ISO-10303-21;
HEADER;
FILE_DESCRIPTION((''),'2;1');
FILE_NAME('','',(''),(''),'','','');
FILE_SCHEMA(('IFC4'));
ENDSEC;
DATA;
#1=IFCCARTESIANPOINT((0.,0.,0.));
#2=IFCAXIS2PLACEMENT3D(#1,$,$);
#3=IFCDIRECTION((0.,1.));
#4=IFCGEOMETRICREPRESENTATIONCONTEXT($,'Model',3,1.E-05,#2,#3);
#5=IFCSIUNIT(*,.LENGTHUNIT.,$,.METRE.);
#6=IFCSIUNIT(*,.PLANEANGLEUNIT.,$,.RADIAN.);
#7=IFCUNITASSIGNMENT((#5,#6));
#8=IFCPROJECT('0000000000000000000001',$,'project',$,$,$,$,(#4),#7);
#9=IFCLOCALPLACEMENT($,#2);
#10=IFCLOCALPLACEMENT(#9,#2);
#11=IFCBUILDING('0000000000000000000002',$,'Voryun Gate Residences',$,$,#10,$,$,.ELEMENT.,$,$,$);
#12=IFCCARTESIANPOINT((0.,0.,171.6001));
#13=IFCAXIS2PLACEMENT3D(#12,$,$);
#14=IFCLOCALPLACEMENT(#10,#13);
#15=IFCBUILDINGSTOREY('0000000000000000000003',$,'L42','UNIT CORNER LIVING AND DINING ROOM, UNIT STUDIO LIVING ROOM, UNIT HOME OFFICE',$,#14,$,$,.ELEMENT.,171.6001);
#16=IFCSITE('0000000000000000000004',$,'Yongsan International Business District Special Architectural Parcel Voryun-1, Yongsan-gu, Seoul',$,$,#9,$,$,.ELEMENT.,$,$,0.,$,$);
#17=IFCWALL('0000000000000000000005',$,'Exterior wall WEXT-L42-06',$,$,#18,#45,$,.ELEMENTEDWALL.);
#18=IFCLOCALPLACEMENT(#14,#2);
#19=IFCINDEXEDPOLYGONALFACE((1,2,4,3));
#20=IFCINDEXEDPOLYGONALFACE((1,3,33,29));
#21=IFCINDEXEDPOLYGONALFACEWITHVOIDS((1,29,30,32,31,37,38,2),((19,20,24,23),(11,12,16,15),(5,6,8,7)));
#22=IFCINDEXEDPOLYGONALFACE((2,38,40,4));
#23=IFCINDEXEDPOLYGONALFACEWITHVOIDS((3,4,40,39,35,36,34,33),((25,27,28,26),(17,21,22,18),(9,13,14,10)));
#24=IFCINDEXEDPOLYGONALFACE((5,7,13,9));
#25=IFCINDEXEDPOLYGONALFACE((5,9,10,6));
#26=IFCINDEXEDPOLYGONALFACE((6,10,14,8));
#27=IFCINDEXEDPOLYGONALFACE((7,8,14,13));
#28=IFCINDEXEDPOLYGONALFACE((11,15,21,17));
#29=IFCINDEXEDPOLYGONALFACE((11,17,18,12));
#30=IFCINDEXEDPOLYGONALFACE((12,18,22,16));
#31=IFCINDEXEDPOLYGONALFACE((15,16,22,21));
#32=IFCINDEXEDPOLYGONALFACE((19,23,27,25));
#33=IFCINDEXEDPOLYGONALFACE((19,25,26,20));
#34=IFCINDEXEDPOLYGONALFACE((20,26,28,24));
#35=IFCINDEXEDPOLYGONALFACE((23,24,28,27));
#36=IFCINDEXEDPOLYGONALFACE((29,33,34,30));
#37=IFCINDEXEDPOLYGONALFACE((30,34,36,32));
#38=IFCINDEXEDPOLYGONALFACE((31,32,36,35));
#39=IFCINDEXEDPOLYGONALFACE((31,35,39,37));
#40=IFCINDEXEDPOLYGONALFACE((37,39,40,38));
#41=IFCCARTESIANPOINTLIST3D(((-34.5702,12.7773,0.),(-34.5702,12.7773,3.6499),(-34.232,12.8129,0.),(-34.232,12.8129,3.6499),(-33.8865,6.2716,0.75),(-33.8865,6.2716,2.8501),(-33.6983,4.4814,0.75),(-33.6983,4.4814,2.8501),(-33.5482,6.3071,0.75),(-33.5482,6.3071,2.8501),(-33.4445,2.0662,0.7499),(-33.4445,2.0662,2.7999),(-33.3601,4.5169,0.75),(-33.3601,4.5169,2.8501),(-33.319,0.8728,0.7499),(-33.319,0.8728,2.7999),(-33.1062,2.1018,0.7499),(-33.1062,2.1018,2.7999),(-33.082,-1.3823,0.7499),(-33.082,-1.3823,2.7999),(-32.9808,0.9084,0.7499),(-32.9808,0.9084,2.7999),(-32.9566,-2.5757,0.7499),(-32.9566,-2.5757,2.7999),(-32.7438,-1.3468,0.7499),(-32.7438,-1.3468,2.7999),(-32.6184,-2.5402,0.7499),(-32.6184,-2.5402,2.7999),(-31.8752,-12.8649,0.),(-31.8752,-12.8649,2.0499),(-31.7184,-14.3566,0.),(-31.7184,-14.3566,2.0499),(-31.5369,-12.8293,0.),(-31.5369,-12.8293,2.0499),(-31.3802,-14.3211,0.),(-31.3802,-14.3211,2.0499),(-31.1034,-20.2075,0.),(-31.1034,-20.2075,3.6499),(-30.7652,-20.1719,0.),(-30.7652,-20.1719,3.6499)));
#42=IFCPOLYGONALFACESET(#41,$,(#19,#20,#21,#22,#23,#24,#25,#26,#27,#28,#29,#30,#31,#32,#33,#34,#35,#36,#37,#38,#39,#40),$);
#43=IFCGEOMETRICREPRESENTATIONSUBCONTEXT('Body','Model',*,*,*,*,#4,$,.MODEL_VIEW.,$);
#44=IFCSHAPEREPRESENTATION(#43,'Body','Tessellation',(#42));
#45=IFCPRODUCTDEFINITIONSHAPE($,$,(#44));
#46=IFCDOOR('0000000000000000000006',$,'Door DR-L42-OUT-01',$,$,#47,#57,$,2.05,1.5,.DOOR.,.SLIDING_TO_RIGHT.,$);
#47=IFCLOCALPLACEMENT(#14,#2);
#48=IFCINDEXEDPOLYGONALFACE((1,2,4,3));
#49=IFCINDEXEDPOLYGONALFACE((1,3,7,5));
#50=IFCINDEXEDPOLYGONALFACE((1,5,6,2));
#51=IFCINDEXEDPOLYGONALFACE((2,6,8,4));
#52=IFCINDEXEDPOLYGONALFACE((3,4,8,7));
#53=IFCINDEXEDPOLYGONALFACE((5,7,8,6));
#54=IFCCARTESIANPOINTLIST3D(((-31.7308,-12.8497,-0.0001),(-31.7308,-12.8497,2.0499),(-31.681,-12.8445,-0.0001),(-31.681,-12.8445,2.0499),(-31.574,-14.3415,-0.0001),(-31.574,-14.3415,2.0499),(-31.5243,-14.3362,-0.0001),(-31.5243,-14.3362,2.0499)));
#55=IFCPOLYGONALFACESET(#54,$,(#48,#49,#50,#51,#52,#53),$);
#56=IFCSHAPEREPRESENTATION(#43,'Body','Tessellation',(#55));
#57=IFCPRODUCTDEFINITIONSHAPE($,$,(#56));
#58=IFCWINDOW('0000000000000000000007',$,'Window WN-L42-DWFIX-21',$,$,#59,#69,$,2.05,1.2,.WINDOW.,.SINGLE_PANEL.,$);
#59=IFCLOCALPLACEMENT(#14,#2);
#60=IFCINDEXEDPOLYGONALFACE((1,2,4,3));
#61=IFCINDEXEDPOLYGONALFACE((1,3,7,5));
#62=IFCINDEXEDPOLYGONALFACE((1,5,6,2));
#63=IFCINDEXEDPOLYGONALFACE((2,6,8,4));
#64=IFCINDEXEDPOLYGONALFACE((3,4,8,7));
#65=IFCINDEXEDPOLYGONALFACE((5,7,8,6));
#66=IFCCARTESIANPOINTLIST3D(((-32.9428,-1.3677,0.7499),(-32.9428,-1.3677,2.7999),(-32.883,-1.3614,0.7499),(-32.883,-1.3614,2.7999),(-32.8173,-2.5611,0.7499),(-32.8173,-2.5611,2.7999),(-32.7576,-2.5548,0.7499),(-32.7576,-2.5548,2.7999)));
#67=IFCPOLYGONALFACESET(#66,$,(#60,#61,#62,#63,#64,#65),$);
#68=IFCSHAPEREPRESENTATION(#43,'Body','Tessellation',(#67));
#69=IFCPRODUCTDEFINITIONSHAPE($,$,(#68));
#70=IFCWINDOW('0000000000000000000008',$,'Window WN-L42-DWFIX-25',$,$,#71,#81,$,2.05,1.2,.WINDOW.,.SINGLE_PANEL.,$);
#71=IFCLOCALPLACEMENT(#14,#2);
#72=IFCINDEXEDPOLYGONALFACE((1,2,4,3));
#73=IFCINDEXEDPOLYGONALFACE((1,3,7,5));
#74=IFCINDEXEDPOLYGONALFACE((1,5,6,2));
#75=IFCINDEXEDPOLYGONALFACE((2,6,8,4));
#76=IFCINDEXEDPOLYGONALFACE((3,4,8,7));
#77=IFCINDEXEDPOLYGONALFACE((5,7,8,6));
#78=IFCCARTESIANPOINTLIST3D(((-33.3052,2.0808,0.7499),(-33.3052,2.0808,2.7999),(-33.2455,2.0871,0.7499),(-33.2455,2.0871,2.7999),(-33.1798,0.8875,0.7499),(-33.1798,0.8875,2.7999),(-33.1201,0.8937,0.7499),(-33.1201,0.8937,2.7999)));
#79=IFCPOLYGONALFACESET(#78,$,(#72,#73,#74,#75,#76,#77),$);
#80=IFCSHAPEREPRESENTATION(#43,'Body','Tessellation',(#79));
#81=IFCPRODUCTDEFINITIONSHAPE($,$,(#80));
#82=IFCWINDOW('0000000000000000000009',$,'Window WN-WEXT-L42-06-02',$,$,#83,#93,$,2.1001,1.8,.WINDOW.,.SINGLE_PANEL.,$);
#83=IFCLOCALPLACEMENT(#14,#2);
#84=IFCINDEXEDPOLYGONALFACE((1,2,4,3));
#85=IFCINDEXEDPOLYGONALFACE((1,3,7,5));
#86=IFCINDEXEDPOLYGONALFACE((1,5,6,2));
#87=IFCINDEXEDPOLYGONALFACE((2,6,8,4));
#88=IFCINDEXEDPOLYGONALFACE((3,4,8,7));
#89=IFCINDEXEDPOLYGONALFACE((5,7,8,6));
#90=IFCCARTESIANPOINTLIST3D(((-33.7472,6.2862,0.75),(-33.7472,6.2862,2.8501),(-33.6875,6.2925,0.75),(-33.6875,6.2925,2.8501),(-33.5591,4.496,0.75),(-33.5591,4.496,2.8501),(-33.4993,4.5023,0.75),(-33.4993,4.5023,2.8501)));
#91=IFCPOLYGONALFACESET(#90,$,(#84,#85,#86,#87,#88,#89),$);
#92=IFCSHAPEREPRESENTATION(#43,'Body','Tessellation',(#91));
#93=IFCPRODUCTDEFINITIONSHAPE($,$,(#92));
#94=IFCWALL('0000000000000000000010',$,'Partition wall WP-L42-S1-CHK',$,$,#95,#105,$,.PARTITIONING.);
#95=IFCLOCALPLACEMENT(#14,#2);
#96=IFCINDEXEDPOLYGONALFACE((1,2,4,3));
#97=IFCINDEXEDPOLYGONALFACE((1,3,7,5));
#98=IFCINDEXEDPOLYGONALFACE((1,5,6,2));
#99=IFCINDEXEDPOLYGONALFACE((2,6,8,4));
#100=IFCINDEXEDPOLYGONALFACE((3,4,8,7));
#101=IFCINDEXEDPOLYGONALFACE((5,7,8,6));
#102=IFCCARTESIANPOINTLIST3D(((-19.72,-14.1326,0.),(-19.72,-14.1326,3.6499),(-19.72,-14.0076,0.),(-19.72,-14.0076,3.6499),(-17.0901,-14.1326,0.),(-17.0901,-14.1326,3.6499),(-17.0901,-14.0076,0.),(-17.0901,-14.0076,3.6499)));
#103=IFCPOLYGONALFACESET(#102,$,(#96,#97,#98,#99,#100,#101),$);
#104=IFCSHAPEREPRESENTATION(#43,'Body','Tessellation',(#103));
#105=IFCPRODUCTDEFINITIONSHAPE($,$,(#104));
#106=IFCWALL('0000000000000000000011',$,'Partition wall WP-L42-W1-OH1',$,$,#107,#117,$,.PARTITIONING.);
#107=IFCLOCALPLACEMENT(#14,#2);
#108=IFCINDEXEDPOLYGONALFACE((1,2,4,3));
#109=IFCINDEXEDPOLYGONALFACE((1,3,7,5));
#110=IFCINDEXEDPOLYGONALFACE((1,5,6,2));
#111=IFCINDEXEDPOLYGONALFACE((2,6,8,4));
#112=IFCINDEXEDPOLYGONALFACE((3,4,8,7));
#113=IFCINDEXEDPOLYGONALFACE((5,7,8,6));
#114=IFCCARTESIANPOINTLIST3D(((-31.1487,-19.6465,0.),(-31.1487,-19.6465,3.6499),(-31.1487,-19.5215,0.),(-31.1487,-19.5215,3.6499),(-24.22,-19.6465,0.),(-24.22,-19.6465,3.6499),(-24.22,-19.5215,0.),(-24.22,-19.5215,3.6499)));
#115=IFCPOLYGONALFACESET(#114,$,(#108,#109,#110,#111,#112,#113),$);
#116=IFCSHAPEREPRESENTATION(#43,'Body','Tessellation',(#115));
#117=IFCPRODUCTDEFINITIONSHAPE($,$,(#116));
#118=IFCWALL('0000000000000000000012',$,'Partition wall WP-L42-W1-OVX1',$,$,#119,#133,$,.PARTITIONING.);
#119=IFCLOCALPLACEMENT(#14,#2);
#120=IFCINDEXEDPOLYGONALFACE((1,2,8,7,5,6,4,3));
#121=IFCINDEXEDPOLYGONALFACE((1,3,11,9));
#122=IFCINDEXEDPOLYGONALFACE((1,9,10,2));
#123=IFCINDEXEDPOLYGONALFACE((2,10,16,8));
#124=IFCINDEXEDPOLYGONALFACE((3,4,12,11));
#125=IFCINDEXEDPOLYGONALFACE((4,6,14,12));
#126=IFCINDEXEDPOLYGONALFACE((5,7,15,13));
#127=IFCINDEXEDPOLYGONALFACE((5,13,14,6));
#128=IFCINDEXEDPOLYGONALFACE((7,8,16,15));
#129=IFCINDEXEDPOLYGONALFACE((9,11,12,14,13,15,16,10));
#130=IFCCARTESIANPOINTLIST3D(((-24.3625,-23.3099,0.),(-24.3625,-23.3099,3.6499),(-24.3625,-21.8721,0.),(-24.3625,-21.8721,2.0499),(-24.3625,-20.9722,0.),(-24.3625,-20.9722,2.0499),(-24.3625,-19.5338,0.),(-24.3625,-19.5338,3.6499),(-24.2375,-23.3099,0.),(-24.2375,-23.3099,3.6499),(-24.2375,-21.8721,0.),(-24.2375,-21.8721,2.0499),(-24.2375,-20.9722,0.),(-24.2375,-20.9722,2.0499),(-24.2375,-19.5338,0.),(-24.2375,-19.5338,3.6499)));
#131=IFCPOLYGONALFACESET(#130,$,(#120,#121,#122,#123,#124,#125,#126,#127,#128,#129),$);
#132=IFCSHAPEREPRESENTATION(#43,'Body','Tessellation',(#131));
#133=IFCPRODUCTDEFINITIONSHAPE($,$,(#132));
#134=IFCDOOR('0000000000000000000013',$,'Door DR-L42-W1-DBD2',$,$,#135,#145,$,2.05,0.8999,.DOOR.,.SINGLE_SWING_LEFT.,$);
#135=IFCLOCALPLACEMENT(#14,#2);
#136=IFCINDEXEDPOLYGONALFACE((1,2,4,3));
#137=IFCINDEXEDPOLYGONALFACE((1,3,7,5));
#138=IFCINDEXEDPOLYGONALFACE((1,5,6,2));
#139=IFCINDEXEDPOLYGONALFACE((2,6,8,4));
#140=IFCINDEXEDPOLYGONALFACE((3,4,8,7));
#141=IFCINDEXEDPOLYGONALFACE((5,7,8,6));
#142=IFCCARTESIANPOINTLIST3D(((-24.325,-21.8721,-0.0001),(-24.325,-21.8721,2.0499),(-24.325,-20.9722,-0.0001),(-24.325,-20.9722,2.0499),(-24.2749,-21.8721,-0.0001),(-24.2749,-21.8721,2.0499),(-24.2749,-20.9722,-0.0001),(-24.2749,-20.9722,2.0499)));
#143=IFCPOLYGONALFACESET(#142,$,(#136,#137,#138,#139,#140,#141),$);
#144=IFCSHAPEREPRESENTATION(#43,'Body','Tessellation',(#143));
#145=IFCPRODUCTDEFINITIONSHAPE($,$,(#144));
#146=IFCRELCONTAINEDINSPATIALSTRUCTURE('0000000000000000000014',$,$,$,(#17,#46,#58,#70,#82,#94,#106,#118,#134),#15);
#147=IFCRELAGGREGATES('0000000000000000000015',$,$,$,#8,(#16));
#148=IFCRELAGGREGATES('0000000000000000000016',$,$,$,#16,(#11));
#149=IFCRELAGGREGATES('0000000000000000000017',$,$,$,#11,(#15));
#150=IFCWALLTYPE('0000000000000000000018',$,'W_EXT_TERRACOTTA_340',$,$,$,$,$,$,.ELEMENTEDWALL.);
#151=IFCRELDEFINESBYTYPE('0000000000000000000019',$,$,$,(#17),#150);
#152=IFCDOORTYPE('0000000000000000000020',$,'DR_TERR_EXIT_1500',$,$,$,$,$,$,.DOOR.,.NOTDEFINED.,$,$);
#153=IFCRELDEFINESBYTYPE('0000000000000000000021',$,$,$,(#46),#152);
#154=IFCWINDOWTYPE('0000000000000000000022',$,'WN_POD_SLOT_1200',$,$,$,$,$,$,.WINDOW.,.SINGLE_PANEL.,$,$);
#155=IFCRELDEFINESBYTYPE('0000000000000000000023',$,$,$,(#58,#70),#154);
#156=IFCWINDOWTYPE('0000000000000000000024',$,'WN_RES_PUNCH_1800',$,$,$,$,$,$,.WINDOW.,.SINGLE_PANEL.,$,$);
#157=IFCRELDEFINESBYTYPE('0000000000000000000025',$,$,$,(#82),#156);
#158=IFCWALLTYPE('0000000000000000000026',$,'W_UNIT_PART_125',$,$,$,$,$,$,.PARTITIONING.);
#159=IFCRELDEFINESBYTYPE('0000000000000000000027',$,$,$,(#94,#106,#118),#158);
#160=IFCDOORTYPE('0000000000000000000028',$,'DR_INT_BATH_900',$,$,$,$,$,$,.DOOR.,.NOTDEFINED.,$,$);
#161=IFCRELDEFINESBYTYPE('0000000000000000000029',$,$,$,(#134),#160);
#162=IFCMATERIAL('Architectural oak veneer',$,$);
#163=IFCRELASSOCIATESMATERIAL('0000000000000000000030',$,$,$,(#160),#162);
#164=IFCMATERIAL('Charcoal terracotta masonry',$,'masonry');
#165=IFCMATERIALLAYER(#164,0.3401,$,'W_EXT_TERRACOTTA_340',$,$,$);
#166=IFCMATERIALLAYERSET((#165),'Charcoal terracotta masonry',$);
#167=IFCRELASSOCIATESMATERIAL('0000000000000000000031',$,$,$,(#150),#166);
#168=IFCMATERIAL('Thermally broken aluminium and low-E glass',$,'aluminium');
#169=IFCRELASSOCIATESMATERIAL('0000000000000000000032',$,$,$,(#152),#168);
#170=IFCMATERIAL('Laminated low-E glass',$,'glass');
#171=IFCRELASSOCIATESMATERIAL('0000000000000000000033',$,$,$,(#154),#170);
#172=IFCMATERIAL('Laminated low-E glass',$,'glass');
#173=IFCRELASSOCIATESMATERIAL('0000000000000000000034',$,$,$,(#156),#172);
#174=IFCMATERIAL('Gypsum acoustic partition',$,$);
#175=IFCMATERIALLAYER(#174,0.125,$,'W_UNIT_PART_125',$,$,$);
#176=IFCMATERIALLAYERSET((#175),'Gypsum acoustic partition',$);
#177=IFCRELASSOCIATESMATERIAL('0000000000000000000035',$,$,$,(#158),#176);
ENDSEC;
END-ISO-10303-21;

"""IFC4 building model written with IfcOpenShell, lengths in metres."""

from ifc_helpers import new_model, si_unit, direction, frame, frame_2d, origin, place, context, subcontext, project, spatial, rectangle, extrude, material, layer, layer_set, type_object, element, fill, save


model = new_model("IFC4")

# Units and contexts
model_context = context("Model", 3, precision=1e-05, world=origin(), true_north=direction((0.0, 1.0)))
body_context = subcontext(model_context, "Body", "Model", "MODEL_VIEW")
ifc_project = project(units=[si_unit("LENGTHUNIT", "METRE"), si_unit("PLANEANGLEUNIT", "RADIAN")], contexts=[model_context])

# Site, building, storey
site_placement = place(None, origin())
site = spatial("IfcSite", under=ifc_project, at=site_placement, Name="Yongsan International Business District Special Architectural Parcel Voryun-1, Yongsan-gu, Seoul", CompositionType="ELEMENT", RefElevation=0.0)
building_placement = place(site_placement, origin())
building = spatial("IfcBuilding", under=site, at=building_placement, Name="Voryun Gate Residences", CompositionType="ELEMENT")
storey_placement = place(building_placement, frame((0.0, 0.0, 171.6001)))
storey = spatial("IfcBuildingStorey", under=building, at=storey_placement, Name="L42", Description="UNIT CORNER LIVING AND DINING ROOM, UNIT STUDIO LIVING ROOM, UNIT HOME OFFICE", CompositionType="ELEMENT", Elevation=171.6001)

# Shared definitions
ifc_material_1 = material(Name="Architectural oak veneer")
door_type_1 = type_object("IfcDoorType", Name="DR_INT_BATH_900", OperationType="NOTDEFINED", PredefinedType="DOOR", material=ifc_material_1)

# Shared definitions
ifc_material_2 = material(Name="Charcoal terracotta masonry", Category="masonry")
ifc_layer_1 = layer(ifc_material_2, 0.3401, Name="W_EXT_TERRACOTTA_340")
ifc_layer_set_1 = layer_set([ifc_layer_1], Name="Charcoal terracotta masonry")
wall_type_1 = type_object("IfcWallType", Name="W_EXT_TERRACOTTA_340", PredefinedType="ELEMENTEDWALL", material=ifc_layer_set_1)

# Wall, openings, door, windows
wall_1_placement = place(storey_placement, frame((-30.9343, -20.1897, 0.0), z_axis=(0.0, 0.0, 1.0), x_axis=(-0.104527, 0.994522, 0.0)))
wall_1 = element("IfcWall", 1, at=wall_1_placement, inside=storey, type_object=wall_type_1, Name="Exterior wall WEXT-L42-06", PredefinedType="ELEMENTEDWALL", context=body_context, shape_type="SweptSolid", body=[
    extrude(rectangle(XDim=33.1665, YDim=0.3401, at=frame_2d((16.5833, 0.0))), origin(), (0.0, 0.0, 1.0), 3.6499),
])
opening_1_placement = place(wall_1_placement, frame((5.8831, 0.0, 0.0)))
opening_1 = element("IfcOpeningElement", 2, at=opening_1_placement, cuts=wall_1, PredefinedType="OPENING", context=body_context, shape_type="SweptSolid", body=[
    extrude(rectangle(XDim=1.5, YDim=2.05, at=frame_2d((0.75, 1.0249))), frame((0.0, 0.1799, 0.0), z_axis=(0.0, -1.0, 0.0), x_axis=(1.0, 0.0, 0.0)), (0.0, 0.0, 1.0), 0.3601),
])
opening_2_placement = place(wall_1_placement, frame((24.825, 0.0, 0.75)))
opening_2 = element("IfcOpeningElement", 3, at=opening_2_placement, cuts=wall_1, PredefinedType="OPENING", context=body_context, shape_type="SweptSolid", body=[
    extrude(rectangle(XDim=1.8, YDim=2.1001, at=frame_2d((0.8999, 1.05))), frame((0.0, 0.1799, 0.0), z_axis=(0.0, -1.0, 0.0), x_axis=(1.0, 0.0, 0.0)), (0.0, 0.0, 1.0), 0.3601),
])
opening_3_placement = place(wall_1_placement, frame((17.7288, 0.0, 0.75)))
opening_3 = element("IfcOpeningElement", 4, at=opening_3_placement, cuts=wall_1, PredefinedType="OPENING", context=body_context, shape_type="SweptSolid", body=[
    extrude(rectangle(XDim=1.2, YDim=2.05, at=frame_2d((0.6001, 1.0249))), frame((0.0, 0.1799, 0.0), z_axis=(0.0, -1.0, 0.0), x_axis=(1.0, 0.0, 0.0)), (0.0, 0.0, 1.0), 0.3601),
])
opening_4_placement = place(wall_1_placement, frame((21.1963, 0.0, 0.75)))
opening_4 = element("IfcOpeningElement", 5, at=opening_4_placement, cuts=wall_1, PredefinedType="OPENING", context=body_context, shape_type="SweptSolid", body=[
    extrude(rectangle(XDim=1.2, YDim=2.05, at=frame_2d((0.6001, 1.0249))), frame((0.0, 0.1799, 0.0), z_axis=(0.0, -1.0, 0.0), x_axis=(1.0, 0.0, 0.0)), (0.0, 0.0, 1.0), 0.3601),
])
ifc_material_3 = material(Name="Thermally broken aluminium and low-E glass", Category="aluminium")
door_type_2 = type_object("IfcDoorType", Name="DR_TERR_EXIT_1500", OperationType="NOTDEFINED", PredefinedType="DOOR", material=ifc_material_3)
door_1_placement = place(opening_1_placement, origin())
door_1 = element("IfcDoor", 6, at=door_1_placement, inside=storey, type_object=door_type_2, Name="Door DR-L42-OUT-01", OperationType="SLIDING_TO_RIGHT", OverallHeight=2.05, OverallWidth=1.5, PredefinedType="DOOR", context=body_context, shape_type="SweptSolid", body=[
    extrude(rectangle(XDim=1.5, YDim=2.05, at=frame_2d((0.75, 1.0249))), frame((0.0, 0.0249, 0.0), z_axis=(0.0, -1.0, 0.0), x_axis=(1.0, 0.0, 0.0)), (0.0, 0.0, 1.0), 0.05),
])
fill(opening_1, door_1)
ifc_material_4 = material(Name="Laminated low-E glass", Category="glass")
window_type_1 = type_object("IfcWindowType", Name="WN_POD_SLOT_1200", PartitioningType="SINGLE_PANEL", PredefinedType="WINDOW", material=ifc_material_4)
window_1_placement = place(opening_3_placement, origin())
window_1 = element("IfcWindow", 7, at=window_1_placement, inside=storey, type_object=window_type_1, Name="Window WN-L42-DWFIX-21", OverallHeight=2.05, OverallWidth=1.2, PartitioningType="SINGLE_PANEL", PredefinedType="WINDOW", context=body_context, shape_type="SweptSolid", body=[
    extrude(rectangle(XDim=1.2, YDim=2.05, at=frame_2d((0.6001, 1.0249))), frame((0.0, 0.03, 0.0), z_axis=(0.0, -1.0, 0.0), x_axis=(1.0, 0.0, 0.0)), (0.0, 0.0, 1.0), 0.0601),
])
fill(opening_3, window_1)
window_2_placement = place(opening_4_placement, origin())
window_2 = element("IfcWindow", 8, at=window_2_placement, inside=storey, type_object=window_type_1, Name="Window WN-L42-DWFIX-25", OverallHeight=2.05, OverallWidth=1.2, PartitioningType="SINGLE_PANEL", PredefinedType="WINDOW", context=body_context, shape_type="SweptSolid", body=[
    extrude(rectangle(XDim=1.2, YDim=2.05, at=frame_2d((0.6001, 1.0249))), frame((0.0, 0.03, 0.0), z_axis=(0.0, -1.0, 0.0), x_axis=(1.0, 0.0, 0.0)), (0.0, 0.0, 1.0), 0.0601),
])
fill(opening_4, window_2)
ifc_material_5 = material(Name="Laminated low-E glass", Category="glass")
window_type_2 = type_object("IfcWindowType", Name="WN_RES_PUNCH_1800", PartitioningType="SINGLE_PANEL", PredefinedType="WINDOW", material=ifc_material_5)
window_3_placement = place(opening_2_placement, origin())
window_3 = element("IfcWindow", 9, at=window_3_placement, inside=storey, type_object=window_type_2, Name="Window WN-WEXT-L42-06-02", OverallHeight=2.1001, OverallWidth=1.8, PartitioningType="SINGLE_PANEL", PredefinedType="WINDOW", context=body_context, shape_type="SweptSolid", body=[
    extrude(rectangle(XDim=1.8, YDim=2.1001, at=frame_2d((0.8999, 1.05))), frame((0.0, 0.03, 0.0), z_axis=(0.0, -1.0, 0.0), x_axis=(1.0, 0.0, 0.0)), (0.0, 0.0, 1.0), 0.0601),
])
fill(opening_2, window_3)

# Walls
ifc_material_6 = material(Name="Gypsum acoustic partition")
ifc_layer_2 = layer(ifc_material_6, 0.125, Name="W_UNIT_PART_125")
ifc_layer_set_2 = layer_set([ifc_layer_2], Name="Gypsum acoustic partition")
wall_type_2 = type_object("IfcWallType", Name="W_UNIT_PART_125", PredefinedType="PARTITIONING", material=ifc_layer_set_2)
wall_2_placement = place(storey_placement, frame((-19.72, -14.0701, 0.0), z_axis=(0.0, 0.0, 1.0), x_axis=(1.0, 0.0, 0.0)))
element("IfcWall", 10, at=wall_2_placement, inside=storey, type_object=wall_type_2, Name="Partition wall WP-L42-S1-CHK", PredefinedType="PARTITIONING", context=body_context, shape_type="SweptSolid", body=[
    extrude(rectangle(XDim=2.6299, YDim=0.125, at=frame_2d((1.3149, 0.0))), origin(), (0.0, 0.0, 1.0), 3.6499),
])
wall_3_placement = place(storey_placement, frame((-31.1487, -19.584, 0.0), z_axis=(0.0, 0.0, 1.0), x_axis=(1.0, 0.0, 0.0)))
element("IfcWall", 11, at=wall_3_placement, inside=storey, type_object=wall_type_2, Name="Partition wall WP-L42-W1-OH1", PredefinedType="PARTITIONING", context=body_context, shape_type="SweptSolid", body=[
    extrude(rectangle(XDim=6.9287, YDim=0.125, at=frame_2d((3.4644, 0.0))), origin(), (0.0, 0.0, 1.0), 3.6499),
])

# Wall, opening, door
wall_4_placement = place(storey_placement, frame((-24.3, -23.3101, 0.0), z_axis=(0.0, 0.0, 1.0), x_axis=(0.0, 1.0, 0.0)))
wall_4 = element("IfcWall", 12, at=wall_4_placement, inside=storey, type_object=wall_type_2, Name="Partition wall WP-L42-W1-OVX1", PredefinedType="PARTITIONING", context=body_context, shape_type="SweptSolid", body=[
    extrude(rectangle(XDim=3.7761, YDim=0.125, at=frame_2d((1.8882, 0.0))), origin(), (0.0, 0.0, 1.0), 3.6499),
])
opening_5_placement = place(wall_4_placement, frame((1.438, 0.0, 0.0)))
opening_5 = element("IfcOpeningElement", 13, at=opening_5_placement, cuts=wall_4, PredefinedType="OPENING", context=body_context, shape_type="SweptSolid", body=[
    extrude(rectangle(XDim=0.8999, YDim=2.05, at=frame_2d((0.45, 1.0249))), frame((0.0, 0.0725, 0.0), z_axis=(0.0, -1.0, 0.0), x_axis=(1.0, 0.0, 0.0)), (0.0, 0.0, 1.0), 0.145),
])
door_2_placement = place(opening_5_placement, origin())
door_2 = element("IfcDoor", 14, at=door_2_placement, inside=storey, type_object=door_type_1, Name="Door DR-L42-W1-DBD2", OperationType="SINGLE_SWING_LEFT", OverallHeight=2.05, OverallWidth=0.8999, PredefinedType="DOOR", context=body_context, shape_type="SweptSolid", body=[
    extrude(rectangle(XDim=0.8999, YDim=2.05, at=frame_2d((0.45, 1.0249))), frame((0.0, 0.0249, 0.0), z_axis=(0.0, -1.0, 0.0), x_axis=(1.0, 0.0, 0.0)), (0.0, 0.0, 1.0), 0.05),
])
fill(opening_5, door_2)

save(model, "model.ifc")
